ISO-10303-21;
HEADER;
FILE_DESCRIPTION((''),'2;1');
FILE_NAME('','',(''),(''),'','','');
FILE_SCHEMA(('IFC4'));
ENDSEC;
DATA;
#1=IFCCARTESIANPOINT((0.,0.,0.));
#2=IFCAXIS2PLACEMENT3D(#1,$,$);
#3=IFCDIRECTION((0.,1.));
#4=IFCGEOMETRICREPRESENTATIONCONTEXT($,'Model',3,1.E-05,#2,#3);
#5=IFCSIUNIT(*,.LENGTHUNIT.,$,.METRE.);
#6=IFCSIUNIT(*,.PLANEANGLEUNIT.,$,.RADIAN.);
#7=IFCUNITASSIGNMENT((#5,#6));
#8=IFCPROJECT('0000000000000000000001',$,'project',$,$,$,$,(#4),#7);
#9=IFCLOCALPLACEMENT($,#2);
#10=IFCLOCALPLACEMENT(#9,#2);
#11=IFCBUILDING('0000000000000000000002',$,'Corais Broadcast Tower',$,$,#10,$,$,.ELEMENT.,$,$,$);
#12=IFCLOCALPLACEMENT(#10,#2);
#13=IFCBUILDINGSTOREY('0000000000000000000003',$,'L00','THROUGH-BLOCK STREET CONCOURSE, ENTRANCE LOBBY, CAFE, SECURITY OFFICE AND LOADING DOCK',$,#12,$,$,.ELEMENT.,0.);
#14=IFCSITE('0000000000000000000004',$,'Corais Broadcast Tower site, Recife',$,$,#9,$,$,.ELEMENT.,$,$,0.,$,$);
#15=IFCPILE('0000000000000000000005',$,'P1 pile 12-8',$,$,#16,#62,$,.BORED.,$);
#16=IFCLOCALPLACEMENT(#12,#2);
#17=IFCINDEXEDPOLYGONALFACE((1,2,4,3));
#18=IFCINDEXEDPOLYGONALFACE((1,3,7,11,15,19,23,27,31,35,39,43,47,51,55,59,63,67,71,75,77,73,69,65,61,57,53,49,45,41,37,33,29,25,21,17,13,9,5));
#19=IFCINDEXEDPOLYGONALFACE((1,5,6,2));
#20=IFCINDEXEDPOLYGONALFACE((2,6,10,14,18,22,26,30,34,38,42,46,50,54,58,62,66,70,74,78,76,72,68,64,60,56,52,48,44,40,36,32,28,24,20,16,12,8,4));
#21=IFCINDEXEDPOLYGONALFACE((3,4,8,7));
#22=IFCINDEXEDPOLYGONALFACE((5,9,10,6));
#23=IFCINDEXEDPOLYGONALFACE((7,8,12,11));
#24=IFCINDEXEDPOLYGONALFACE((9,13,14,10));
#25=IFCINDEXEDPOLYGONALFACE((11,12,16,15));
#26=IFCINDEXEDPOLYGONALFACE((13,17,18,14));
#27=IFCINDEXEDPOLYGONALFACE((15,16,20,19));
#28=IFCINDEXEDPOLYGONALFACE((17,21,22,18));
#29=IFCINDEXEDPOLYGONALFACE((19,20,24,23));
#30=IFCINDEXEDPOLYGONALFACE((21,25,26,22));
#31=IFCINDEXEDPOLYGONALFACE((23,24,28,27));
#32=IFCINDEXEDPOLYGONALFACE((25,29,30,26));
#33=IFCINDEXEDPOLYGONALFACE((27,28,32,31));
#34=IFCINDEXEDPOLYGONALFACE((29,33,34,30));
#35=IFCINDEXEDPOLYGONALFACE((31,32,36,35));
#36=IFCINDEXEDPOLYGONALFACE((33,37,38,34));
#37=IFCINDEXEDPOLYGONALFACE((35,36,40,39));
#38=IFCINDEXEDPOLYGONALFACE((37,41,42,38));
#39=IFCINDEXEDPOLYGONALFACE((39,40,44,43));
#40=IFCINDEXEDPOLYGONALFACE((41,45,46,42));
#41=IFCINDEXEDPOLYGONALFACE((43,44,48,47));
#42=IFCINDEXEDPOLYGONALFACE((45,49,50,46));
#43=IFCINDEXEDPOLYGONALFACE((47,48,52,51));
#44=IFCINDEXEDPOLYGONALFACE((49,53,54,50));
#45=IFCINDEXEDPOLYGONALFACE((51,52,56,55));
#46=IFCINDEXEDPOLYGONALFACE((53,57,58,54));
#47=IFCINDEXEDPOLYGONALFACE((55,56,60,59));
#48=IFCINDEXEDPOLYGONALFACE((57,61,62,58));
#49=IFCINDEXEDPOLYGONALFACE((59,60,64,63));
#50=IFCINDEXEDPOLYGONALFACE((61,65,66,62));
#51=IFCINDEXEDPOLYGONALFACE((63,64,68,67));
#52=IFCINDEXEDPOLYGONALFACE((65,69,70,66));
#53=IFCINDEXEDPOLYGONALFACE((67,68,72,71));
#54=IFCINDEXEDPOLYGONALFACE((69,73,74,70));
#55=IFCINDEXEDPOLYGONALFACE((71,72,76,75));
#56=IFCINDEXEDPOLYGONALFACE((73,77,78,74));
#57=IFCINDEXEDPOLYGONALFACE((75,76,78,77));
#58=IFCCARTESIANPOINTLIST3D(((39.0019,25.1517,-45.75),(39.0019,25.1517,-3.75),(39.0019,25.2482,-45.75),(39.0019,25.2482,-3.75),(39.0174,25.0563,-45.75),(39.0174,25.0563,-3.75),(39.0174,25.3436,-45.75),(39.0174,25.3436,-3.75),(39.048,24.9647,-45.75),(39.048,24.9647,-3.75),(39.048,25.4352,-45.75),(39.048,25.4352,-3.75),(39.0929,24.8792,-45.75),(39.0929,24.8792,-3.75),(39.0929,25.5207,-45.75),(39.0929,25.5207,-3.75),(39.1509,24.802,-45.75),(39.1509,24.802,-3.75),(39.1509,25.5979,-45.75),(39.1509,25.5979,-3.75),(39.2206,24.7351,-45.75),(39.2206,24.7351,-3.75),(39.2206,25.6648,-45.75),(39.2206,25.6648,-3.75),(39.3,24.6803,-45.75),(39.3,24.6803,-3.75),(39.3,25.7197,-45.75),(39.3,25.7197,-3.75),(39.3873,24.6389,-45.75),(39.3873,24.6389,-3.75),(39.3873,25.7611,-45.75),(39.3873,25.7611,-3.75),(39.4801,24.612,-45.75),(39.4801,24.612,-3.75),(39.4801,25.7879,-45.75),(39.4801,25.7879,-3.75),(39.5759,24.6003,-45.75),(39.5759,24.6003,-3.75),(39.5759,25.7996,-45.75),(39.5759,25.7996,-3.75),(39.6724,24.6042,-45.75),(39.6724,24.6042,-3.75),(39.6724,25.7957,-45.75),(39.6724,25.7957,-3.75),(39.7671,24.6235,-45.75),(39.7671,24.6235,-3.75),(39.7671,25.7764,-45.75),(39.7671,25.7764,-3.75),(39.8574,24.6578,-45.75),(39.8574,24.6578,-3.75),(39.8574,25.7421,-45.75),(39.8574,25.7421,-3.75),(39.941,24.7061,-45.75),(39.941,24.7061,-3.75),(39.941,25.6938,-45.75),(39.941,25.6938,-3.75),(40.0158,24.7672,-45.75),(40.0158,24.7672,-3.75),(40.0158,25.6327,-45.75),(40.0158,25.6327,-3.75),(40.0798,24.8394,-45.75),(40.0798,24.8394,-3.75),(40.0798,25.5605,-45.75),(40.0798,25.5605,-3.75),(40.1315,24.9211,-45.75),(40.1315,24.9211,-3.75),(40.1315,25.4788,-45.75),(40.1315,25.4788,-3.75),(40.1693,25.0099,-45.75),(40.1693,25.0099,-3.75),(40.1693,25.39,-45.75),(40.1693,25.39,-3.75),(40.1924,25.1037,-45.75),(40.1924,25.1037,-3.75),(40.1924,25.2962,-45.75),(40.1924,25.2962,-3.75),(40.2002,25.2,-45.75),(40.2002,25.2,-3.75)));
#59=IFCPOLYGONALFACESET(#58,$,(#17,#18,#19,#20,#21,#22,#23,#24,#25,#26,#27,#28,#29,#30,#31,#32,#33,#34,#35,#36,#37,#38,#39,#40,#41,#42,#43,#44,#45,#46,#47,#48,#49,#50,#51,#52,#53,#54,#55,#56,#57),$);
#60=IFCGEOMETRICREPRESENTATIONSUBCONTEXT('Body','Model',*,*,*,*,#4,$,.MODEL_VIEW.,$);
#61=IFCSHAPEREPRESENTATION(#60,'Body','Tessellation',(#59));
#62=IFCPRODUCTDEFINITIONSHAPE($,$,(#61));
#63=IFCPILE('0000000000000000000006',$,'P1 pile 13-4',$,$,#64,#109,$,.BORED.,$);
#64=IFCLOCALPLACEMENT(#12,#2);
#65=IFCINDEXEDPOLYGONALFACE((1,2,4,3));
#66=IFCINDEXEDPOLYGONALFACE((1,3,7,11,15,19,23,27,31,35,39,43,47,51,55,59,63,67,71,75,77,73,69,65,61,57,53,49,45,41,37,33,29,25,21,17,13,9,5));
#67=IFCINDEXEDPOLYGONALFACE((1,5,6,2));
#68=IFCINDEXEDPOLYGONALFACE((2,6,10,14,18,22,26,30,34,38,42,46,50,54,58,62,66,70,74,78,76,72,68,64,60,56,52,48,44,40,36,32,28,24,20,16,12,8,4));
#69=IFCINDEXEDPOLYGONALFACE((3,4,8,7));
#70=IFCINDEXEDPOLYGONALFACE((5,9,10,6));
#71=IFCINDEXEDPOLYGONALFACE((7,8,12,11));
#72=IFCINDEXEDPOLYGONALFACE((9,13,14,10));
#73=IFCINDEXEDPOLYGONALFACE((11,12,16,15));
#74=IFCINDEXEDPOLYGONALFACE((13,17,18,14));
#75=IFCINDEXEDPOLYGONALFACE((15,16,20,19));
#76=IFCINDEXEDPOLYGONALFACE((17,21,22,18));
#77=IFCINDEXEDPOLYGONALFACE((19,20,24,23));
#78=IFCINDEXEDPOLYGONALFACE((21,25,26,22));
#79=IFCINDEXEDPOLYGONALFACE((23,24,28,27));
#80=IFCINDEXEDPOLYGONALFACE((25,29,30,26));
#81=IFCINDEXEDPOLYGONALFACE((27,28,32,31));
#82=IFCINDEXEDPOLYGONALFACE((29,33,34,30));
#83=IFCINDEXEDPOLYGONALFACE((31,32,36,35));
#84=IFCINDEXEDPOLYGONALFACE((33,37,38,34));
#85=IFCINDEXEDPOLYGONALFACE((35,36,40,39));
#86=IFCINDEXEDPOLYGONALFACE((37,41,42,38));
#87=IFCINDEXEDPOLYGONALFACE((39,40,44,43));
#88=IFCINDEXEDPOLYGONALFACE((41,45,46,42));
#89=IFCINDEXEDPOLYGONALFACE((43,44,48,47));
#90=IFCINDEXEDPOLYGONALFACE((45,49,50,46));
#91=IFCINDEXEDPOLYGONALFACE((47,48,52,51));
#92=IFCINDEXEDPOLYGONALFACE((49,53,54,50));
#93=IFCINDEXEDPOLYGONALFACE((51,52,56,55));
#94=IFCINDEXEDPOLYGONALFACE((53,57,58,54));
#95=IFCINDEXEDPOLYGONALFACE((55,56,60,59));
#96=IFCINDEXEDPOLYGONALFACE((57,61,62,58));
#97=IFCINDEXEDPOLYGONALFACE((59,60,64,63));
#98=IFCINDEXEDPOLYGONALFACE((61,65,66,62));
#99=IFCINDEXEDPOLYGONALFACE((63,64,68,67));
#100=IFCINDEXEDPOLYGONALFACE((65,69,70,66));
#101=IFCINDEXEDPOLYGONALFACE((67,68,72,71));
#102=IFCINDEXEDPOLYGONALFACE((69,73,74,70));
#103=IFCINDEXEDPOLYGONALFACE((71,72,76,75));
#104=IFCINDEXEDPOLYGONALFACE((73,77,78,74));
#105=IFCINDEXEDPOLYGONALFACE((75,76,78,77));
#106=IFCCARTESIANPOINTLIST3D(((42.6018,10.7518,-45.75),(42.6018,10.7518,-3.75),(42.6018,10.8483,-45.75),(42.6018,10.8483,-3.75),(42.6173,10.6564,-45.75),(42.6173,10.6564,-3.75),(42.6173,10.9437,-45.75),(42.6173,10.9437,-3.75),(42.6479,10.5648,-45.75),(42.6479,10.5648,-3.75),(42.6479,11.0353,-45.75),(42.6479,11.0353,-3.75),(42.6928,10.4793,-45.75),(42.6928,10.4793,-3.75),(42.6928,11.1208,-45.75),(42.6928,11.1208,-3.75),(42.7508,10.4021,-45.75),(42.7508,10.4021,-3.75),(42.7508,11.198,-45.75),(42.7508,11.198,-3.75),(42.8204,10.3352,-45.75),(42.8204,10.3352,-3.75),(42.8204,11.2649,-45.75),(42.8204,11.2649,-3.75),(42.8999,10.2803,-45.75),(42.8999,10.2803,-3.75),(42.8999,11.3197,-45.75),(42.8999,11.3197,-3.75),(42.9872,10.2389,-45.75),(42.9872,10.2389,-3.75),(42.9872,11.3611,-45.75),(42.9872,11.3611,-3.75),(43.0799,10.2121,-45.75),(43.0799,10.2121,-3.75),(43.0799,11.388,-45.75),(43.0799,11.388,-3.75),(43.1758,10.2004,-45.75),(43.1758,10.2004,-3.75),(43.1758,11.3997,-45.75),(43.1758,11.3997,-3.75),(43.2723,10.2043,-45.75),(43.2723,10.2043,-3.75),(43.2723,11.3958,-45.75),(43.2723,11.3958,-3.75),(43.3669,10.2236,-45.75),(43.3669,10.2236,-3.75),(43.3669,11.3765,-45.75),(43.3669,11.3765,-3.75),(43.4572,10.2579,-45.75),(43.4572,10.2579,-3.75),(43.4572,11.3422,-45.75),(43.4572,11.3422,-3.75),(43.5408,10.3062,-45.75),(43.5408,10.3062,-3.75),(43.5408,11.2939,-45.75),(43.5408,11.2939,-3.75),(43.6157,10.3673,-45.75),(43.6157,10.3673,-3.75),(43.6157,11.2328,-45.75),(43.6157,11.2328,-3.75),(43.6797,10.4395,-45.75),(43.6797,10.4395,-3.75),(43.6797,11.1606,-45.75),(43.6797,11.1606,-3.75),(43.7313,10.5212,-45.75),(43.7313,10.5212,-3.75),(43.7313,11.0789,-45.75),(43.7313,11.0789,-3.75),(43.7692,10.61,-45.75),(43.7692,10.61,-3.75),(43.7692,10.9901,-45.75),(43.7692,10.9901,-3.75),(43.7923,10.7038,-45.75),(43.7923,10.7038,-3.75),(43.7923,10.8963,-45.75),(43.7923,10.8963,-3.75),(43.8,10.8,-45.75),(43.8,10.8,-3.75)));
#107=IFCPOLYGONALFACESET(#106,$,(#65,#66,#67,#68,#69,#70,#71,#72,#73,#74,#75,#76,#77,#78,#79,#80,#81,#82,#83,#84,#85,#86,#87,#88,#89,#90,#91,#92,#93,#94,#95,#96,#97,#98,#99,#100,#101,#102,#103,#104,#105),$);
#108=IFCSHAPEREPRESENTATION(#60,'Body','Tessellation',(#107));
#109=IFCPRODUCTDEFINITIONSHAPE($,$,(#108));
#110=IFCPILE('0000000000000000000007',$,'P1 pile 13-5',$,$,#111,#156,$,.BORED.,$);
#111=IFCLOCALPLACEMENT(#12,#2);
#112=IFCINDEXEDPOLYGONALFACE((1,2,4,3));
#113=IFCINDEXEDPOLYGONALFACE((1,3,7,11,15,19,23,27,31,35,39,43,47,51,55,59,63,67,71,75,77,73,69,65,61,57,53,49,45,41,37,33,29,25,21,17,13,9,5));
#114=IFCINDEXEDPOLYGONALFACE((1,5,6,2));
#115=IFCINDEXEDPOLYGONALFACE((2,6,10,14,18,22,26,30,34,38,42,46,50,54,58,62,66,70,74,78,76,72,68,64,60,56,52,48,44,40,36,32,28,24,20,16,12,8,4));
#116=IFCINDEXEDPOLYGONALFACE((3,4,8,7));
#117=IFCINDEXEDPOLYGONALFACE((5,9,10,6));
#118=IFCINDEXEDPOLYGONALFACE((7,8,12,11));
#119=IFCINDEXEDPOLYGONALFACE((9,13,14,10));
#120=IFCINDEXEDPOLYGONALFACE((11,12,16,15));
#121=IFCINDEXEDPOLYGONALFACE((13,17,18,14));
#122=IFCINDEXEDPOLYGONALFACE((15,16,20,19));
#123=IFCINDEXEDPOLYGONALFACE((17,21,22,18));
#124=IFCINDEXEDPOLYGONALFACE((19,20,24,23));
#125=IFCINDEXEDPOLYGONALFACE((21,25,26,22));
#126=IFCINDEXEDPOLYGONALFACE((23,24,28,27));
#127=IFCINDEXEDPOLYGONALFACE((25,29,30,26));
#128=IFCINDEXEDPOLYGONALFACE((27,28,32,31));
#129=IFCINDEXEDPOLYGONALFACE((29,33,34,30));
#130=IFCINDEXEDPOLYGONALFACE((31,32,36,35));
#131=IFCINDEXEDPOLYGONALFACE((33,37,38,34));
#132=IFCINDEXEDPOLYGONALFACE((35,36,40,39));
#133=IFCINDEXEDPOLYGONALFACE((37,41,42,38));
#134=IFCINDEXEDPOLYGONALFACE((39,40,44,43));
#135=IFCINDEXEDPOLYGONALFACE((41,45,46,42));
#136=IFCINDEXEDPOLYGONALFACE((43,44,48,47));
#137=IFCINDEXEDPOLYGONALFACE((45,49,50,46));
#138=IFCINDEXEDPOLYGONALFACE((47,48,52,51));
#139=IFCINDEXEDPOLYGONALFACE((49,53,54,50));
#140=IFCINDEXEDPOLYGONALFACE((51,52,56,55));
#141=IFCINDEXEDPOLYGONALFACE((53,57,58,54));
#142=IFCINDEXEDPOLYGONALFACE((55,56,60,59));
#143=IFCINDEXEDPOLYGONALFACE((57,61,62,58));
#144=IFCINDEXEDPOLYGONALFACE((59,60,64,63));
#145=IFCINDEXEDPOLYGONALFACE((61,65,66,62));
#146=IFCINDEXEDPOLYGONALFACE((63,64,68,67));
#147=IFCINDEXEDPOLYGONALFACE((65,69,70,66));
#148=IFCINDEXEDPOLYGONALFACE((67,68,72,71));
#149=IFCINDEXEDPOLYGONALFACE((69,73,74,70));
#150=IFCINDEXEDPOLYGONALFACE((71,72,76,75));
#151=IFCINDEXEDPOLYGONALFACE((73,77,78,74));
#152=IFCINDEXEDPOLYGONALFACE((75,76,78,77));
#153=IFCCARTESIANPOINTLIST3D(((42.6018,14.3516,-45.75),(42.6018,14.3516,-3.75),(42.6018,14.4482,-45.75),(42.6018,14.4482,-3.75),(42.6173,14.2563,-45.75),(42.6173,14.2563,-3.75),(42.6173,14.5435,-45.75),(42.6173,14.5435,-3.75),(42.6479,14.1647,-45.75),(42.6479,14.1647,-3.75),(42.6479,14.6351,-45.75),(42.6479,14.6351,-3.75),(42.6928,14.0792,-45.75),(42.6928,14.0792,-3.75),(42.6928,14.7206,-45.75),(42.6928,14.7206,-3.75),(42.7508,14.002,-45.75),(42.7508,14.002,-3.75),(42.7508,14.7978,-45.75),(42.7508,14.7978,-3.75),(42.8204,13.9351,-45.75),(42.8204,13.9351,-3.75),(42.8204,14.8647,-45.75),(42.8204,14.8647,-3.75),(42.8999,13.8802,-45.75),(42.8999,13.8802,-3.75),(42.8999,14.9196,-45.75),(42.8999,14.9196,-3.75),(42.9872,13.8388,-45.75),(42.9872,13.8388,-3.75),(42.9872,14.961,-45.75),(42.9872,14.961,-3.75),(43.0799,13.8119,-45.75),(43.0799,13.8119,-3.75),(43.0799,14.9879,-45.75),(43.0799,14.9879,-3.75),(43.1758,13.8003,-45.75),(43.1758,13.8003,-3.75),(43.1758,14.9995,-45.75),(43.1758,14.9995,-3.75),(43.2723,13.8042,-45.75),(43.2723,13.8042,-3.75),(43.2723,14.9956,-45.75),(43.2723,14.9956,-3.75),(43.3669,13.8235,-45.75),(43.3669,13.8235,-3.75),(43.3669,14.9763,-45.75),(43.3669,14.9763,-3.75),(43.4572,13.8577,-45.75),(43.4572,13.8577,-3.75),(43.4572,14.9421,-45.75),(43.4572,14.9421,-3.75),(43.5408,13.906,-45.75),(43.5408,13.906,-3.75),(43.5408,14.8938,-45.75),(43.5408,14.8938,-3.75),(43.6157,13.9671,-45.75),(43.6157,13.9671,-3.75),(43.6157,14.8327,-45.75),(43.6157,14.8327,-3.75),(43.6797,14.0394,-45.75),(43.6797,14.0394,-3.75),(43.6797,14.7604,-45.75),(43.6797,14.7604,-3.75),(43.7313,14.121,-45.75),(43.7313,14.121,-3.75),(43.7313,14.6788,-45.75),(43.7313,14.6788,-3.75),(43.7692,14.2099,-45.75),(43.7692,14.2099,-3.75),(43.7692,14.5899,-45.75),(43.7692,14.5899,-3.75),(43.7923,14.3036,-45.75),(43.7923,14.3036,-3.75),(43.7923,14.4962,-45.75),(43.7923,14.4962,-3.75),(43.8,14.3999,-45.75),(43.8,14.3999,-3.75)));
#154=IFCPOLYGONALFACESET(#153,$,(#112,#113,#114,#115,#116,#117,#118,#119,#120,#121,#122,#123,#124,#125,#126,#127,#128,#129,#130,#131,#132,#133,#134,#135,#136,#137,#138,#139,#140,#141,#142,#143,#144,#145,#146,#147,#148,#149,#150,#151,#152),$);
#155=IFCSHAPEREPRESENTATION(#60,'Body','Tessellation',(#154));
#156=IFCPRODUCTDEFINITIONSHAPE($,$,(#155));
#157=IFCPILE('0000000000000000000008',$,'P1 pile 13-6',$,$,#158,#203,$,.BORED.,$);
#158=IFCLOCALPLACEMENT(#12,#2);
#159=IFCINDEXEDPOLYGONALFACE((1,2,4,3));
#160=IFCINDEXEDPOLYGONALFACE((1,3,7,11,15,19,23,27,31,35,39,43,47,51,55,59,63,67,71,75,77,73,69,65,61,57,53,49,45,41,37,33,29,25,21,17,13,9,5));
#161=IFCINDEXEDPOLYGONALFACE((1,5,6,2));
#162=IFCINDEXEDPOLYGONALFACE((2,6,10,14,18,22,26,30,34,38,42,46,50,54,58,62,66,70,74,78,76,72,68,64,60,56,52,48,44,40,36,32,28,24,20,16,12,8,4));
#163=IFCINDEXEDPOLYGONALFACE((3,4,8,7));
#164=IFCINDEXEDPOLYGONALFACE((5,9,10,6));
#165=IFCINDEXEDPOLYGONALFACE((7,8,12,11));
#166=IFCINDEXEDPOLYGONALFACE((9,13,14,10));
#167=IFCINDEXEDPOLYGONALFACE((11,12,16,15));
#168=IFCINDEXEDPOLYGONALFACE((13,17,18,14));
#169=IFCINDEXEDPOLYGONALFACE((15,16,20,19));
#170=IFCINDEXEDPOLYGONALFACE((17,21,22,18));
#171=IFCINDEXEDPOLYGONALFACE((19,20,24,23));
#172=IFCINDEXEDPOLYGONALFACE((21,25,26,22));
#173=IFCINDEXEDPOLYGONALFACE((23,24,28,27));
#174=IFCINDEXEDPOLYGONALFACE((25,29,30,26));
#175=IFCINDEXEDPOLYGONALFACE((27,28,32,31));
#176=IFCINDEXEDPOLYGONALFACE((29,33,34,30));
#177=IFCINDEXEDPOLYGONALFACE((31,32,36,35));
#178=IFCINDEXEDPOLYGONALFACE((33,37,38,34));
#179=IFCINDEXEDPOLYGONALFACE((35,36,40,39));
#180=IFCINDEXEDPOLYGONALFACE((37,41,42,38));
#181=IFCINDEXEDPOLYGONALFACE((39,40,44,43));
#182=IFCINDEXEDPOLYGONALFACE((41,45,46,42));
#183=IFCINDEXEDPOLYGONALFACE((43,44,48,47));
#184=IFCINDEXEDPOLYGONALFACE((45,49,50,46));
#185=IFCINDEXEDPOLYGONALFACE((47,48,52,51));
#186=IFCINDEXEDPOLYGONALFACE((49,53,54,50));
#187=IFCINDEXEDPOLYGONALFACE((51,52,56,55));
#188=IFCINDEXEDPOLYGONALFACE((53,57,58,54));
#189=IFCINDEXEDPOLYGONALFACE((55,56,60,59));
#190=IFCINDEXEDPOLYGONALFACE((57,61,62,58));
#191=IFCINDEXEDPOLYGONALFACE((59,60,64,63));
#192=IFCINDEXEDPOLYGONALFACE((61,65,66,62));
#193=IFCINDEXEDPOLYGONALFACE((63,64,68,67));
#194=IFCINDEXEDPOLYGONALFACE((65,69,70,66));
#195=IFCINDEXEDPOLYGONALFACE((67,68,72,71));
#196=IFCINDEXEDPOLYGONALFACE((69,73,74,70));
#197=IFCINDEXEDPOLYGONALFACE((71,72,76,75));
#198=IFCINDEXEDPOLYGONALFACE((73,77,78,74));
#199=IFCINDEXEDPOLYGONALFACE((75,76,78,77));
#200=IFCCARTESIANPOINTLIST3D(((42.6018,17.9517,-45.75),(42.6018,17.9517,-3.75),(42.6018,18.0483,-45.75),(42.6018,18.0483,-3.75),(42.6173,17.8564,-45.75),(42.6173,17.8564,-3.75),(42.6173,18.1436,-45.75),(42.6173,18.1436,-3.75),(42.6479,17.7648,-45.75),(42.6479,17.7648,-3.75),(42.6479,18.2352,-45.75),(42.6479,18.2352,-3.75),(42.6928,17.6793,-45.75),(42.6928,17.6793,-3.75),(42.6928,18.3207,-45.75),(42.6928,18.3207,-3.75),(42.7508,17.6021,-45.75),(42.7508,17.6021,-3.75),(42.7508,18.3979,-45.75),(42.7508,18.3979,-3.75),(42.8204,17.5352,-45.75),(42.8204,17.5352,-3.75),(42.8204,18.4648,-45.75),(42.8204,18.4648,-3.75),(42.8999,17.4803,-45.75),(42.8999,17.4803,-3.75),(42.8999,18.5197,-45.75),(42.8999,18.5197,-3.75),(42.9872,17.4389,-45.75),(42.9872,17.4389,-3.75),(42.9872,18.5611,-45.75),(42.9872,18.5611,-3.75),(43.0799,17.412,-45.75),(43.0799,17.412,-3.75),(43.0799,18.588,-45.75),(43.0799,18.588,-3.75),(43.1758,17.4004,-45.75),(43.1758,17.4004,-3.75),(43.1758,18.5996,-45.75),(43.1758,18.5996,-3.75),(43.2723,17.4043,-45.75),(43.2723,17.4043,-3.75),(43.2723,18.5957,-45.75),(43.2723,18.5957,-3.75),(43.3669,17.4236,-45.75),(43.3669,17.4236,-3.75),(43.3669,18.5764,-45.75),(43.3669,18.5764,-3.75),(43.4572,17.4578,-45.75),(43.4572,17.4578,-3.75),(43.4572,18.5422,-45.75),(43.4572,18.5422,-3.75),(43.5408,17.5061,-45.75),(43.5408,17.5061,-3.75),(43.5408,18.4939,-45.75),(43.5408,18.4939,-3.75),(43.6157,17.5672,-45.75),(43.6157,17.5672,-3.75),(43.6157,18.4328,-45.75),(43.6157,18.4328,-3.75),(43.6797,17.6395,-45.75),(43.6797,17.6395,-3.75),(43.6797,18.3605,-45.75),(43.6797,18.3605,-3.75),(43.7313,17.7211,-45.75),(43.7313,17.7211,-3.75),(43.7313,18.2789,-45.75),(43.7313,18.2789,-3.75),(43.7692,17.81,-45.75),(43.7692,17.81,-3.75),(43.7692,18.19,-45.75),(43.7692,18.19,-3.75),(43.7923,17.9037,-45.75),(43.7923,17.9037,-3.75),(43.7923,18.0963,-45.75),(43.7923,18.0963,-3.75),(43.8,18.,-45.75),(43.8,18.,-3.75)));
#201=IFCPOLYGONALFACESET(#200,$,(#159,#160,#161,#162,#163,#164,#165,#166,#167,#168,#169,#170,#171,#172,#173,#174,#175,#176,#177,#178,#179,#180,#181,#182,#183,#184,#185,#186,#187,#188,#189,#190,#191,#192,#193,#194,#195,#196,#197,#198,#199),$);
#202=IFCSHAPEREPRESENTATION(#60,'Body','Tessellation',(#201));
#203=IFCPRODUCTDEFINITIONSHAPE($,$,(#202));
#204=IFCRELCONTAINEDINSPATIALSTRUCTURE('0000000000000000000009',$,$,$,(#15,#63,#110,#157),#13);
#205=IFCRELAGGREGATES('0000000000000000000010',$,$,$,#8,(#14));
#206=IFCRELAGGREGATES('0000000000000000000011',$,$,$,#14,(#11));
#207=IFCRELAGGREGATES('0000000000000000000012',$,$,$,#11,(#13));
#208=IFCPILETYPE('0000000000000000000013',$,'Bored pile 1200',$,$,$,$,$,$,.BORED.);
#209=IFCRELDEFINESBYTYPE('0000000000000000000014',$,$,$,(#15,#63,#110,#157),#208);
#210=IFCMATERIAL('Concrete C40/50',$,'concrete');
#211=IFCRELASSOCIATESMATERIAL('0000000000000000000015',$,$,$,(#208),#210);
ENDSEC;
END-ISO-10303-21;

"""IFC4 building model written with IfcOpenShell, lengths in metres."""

from ifc_helpers import new_model, si_unit, direction, frame, origin, origin_2d, place, context, subcontext, project, spatial, circle, extrude, material, type_object, element, save


model = new_model("IFC4")

# Units and contexts
model_context = context("Model", 3, precision=1e-05, world=origin(), true_north=direction((0.0, 1.0)))
body_context = subcontext(model_context, "Body", "Model", "MODEL_VIEW")
ifc_project = project(units=[si_unit("LENGTHUNIT", "METRE"), si_unit("PLANEANGLEUNIT", "RADIAN")], contexts=[model_context])

# Site, building, storey
site_placement = place(None, origin())
site = spatial("IfcSite", under=ifc_project, at=site_placement, Name="Corais Broadcast Tower site, Recife", CompositionType="ELEMENT", RefElevation=0.0)
building_placement = place(site_placement, origin())
building = spatial("IfcBuilding", under=site, at=building_placement, Name="Corais Broadcast Tower", CompositionType="ELEMENT")
storey_placement = place(building_placement, origin())
storey = spatial("IfcBuildingStorey", under=building, at=storey_placement, Name="L00", Description="THROUGH-BLOCK STREET CONCOURSE, ENTRANCE LOBBY, CAFE, SECURITY OFFICE AND LOADING DOCK", CompositionType="ELEMENT", Elevation=0.0)

# Piles
ifc_material_1 = material(Name="Concrete C40/50", Category="concrete")
pile_type = type_object("IfcPileType", Name="Bored pile 1200", PredefinedType="BORED", material=ifc_material_1)
for number, where, z_axis, x_axis, name in (
    (1, (39.6001, 25.2, -3.75), (0.0, 0.0, -1.0), (1.0, 0.0, 0.0), "P1 pile 12-8"),
    (2, (43.2, 10.8, -3.75), (0.0, 0.0, -1.0), (1.0, 0.0, 0.0), "P1 pile 13-4"),
    (3, (43.2, 14.3999, -3.75), (0.0, 0.0, -1.0), (1.0, 0.0, 0.0), "P1 pile 13-5"),
    (4, (43.2, 18.0, -3.75), (0.0, 0.0, -1.0), (1.0, 0.0, 0.0), "P1 pile 13-6"),
):
    element("IfcPile", number, at=place(storey_placement, frame(where, z_axis=z_axis, x_axis=x_axis)), inside=storey, type_object=pile_type, Name=name, PredefinedType="BORED", context=body_context, shape_type="SweptSolid", body=[
        extrude(circle(Radius=0.6001, at=origin_2d()), origin(), (0.0, 0.0, 1.0), 42.0),
    ])

save(model, "model.ifc")
